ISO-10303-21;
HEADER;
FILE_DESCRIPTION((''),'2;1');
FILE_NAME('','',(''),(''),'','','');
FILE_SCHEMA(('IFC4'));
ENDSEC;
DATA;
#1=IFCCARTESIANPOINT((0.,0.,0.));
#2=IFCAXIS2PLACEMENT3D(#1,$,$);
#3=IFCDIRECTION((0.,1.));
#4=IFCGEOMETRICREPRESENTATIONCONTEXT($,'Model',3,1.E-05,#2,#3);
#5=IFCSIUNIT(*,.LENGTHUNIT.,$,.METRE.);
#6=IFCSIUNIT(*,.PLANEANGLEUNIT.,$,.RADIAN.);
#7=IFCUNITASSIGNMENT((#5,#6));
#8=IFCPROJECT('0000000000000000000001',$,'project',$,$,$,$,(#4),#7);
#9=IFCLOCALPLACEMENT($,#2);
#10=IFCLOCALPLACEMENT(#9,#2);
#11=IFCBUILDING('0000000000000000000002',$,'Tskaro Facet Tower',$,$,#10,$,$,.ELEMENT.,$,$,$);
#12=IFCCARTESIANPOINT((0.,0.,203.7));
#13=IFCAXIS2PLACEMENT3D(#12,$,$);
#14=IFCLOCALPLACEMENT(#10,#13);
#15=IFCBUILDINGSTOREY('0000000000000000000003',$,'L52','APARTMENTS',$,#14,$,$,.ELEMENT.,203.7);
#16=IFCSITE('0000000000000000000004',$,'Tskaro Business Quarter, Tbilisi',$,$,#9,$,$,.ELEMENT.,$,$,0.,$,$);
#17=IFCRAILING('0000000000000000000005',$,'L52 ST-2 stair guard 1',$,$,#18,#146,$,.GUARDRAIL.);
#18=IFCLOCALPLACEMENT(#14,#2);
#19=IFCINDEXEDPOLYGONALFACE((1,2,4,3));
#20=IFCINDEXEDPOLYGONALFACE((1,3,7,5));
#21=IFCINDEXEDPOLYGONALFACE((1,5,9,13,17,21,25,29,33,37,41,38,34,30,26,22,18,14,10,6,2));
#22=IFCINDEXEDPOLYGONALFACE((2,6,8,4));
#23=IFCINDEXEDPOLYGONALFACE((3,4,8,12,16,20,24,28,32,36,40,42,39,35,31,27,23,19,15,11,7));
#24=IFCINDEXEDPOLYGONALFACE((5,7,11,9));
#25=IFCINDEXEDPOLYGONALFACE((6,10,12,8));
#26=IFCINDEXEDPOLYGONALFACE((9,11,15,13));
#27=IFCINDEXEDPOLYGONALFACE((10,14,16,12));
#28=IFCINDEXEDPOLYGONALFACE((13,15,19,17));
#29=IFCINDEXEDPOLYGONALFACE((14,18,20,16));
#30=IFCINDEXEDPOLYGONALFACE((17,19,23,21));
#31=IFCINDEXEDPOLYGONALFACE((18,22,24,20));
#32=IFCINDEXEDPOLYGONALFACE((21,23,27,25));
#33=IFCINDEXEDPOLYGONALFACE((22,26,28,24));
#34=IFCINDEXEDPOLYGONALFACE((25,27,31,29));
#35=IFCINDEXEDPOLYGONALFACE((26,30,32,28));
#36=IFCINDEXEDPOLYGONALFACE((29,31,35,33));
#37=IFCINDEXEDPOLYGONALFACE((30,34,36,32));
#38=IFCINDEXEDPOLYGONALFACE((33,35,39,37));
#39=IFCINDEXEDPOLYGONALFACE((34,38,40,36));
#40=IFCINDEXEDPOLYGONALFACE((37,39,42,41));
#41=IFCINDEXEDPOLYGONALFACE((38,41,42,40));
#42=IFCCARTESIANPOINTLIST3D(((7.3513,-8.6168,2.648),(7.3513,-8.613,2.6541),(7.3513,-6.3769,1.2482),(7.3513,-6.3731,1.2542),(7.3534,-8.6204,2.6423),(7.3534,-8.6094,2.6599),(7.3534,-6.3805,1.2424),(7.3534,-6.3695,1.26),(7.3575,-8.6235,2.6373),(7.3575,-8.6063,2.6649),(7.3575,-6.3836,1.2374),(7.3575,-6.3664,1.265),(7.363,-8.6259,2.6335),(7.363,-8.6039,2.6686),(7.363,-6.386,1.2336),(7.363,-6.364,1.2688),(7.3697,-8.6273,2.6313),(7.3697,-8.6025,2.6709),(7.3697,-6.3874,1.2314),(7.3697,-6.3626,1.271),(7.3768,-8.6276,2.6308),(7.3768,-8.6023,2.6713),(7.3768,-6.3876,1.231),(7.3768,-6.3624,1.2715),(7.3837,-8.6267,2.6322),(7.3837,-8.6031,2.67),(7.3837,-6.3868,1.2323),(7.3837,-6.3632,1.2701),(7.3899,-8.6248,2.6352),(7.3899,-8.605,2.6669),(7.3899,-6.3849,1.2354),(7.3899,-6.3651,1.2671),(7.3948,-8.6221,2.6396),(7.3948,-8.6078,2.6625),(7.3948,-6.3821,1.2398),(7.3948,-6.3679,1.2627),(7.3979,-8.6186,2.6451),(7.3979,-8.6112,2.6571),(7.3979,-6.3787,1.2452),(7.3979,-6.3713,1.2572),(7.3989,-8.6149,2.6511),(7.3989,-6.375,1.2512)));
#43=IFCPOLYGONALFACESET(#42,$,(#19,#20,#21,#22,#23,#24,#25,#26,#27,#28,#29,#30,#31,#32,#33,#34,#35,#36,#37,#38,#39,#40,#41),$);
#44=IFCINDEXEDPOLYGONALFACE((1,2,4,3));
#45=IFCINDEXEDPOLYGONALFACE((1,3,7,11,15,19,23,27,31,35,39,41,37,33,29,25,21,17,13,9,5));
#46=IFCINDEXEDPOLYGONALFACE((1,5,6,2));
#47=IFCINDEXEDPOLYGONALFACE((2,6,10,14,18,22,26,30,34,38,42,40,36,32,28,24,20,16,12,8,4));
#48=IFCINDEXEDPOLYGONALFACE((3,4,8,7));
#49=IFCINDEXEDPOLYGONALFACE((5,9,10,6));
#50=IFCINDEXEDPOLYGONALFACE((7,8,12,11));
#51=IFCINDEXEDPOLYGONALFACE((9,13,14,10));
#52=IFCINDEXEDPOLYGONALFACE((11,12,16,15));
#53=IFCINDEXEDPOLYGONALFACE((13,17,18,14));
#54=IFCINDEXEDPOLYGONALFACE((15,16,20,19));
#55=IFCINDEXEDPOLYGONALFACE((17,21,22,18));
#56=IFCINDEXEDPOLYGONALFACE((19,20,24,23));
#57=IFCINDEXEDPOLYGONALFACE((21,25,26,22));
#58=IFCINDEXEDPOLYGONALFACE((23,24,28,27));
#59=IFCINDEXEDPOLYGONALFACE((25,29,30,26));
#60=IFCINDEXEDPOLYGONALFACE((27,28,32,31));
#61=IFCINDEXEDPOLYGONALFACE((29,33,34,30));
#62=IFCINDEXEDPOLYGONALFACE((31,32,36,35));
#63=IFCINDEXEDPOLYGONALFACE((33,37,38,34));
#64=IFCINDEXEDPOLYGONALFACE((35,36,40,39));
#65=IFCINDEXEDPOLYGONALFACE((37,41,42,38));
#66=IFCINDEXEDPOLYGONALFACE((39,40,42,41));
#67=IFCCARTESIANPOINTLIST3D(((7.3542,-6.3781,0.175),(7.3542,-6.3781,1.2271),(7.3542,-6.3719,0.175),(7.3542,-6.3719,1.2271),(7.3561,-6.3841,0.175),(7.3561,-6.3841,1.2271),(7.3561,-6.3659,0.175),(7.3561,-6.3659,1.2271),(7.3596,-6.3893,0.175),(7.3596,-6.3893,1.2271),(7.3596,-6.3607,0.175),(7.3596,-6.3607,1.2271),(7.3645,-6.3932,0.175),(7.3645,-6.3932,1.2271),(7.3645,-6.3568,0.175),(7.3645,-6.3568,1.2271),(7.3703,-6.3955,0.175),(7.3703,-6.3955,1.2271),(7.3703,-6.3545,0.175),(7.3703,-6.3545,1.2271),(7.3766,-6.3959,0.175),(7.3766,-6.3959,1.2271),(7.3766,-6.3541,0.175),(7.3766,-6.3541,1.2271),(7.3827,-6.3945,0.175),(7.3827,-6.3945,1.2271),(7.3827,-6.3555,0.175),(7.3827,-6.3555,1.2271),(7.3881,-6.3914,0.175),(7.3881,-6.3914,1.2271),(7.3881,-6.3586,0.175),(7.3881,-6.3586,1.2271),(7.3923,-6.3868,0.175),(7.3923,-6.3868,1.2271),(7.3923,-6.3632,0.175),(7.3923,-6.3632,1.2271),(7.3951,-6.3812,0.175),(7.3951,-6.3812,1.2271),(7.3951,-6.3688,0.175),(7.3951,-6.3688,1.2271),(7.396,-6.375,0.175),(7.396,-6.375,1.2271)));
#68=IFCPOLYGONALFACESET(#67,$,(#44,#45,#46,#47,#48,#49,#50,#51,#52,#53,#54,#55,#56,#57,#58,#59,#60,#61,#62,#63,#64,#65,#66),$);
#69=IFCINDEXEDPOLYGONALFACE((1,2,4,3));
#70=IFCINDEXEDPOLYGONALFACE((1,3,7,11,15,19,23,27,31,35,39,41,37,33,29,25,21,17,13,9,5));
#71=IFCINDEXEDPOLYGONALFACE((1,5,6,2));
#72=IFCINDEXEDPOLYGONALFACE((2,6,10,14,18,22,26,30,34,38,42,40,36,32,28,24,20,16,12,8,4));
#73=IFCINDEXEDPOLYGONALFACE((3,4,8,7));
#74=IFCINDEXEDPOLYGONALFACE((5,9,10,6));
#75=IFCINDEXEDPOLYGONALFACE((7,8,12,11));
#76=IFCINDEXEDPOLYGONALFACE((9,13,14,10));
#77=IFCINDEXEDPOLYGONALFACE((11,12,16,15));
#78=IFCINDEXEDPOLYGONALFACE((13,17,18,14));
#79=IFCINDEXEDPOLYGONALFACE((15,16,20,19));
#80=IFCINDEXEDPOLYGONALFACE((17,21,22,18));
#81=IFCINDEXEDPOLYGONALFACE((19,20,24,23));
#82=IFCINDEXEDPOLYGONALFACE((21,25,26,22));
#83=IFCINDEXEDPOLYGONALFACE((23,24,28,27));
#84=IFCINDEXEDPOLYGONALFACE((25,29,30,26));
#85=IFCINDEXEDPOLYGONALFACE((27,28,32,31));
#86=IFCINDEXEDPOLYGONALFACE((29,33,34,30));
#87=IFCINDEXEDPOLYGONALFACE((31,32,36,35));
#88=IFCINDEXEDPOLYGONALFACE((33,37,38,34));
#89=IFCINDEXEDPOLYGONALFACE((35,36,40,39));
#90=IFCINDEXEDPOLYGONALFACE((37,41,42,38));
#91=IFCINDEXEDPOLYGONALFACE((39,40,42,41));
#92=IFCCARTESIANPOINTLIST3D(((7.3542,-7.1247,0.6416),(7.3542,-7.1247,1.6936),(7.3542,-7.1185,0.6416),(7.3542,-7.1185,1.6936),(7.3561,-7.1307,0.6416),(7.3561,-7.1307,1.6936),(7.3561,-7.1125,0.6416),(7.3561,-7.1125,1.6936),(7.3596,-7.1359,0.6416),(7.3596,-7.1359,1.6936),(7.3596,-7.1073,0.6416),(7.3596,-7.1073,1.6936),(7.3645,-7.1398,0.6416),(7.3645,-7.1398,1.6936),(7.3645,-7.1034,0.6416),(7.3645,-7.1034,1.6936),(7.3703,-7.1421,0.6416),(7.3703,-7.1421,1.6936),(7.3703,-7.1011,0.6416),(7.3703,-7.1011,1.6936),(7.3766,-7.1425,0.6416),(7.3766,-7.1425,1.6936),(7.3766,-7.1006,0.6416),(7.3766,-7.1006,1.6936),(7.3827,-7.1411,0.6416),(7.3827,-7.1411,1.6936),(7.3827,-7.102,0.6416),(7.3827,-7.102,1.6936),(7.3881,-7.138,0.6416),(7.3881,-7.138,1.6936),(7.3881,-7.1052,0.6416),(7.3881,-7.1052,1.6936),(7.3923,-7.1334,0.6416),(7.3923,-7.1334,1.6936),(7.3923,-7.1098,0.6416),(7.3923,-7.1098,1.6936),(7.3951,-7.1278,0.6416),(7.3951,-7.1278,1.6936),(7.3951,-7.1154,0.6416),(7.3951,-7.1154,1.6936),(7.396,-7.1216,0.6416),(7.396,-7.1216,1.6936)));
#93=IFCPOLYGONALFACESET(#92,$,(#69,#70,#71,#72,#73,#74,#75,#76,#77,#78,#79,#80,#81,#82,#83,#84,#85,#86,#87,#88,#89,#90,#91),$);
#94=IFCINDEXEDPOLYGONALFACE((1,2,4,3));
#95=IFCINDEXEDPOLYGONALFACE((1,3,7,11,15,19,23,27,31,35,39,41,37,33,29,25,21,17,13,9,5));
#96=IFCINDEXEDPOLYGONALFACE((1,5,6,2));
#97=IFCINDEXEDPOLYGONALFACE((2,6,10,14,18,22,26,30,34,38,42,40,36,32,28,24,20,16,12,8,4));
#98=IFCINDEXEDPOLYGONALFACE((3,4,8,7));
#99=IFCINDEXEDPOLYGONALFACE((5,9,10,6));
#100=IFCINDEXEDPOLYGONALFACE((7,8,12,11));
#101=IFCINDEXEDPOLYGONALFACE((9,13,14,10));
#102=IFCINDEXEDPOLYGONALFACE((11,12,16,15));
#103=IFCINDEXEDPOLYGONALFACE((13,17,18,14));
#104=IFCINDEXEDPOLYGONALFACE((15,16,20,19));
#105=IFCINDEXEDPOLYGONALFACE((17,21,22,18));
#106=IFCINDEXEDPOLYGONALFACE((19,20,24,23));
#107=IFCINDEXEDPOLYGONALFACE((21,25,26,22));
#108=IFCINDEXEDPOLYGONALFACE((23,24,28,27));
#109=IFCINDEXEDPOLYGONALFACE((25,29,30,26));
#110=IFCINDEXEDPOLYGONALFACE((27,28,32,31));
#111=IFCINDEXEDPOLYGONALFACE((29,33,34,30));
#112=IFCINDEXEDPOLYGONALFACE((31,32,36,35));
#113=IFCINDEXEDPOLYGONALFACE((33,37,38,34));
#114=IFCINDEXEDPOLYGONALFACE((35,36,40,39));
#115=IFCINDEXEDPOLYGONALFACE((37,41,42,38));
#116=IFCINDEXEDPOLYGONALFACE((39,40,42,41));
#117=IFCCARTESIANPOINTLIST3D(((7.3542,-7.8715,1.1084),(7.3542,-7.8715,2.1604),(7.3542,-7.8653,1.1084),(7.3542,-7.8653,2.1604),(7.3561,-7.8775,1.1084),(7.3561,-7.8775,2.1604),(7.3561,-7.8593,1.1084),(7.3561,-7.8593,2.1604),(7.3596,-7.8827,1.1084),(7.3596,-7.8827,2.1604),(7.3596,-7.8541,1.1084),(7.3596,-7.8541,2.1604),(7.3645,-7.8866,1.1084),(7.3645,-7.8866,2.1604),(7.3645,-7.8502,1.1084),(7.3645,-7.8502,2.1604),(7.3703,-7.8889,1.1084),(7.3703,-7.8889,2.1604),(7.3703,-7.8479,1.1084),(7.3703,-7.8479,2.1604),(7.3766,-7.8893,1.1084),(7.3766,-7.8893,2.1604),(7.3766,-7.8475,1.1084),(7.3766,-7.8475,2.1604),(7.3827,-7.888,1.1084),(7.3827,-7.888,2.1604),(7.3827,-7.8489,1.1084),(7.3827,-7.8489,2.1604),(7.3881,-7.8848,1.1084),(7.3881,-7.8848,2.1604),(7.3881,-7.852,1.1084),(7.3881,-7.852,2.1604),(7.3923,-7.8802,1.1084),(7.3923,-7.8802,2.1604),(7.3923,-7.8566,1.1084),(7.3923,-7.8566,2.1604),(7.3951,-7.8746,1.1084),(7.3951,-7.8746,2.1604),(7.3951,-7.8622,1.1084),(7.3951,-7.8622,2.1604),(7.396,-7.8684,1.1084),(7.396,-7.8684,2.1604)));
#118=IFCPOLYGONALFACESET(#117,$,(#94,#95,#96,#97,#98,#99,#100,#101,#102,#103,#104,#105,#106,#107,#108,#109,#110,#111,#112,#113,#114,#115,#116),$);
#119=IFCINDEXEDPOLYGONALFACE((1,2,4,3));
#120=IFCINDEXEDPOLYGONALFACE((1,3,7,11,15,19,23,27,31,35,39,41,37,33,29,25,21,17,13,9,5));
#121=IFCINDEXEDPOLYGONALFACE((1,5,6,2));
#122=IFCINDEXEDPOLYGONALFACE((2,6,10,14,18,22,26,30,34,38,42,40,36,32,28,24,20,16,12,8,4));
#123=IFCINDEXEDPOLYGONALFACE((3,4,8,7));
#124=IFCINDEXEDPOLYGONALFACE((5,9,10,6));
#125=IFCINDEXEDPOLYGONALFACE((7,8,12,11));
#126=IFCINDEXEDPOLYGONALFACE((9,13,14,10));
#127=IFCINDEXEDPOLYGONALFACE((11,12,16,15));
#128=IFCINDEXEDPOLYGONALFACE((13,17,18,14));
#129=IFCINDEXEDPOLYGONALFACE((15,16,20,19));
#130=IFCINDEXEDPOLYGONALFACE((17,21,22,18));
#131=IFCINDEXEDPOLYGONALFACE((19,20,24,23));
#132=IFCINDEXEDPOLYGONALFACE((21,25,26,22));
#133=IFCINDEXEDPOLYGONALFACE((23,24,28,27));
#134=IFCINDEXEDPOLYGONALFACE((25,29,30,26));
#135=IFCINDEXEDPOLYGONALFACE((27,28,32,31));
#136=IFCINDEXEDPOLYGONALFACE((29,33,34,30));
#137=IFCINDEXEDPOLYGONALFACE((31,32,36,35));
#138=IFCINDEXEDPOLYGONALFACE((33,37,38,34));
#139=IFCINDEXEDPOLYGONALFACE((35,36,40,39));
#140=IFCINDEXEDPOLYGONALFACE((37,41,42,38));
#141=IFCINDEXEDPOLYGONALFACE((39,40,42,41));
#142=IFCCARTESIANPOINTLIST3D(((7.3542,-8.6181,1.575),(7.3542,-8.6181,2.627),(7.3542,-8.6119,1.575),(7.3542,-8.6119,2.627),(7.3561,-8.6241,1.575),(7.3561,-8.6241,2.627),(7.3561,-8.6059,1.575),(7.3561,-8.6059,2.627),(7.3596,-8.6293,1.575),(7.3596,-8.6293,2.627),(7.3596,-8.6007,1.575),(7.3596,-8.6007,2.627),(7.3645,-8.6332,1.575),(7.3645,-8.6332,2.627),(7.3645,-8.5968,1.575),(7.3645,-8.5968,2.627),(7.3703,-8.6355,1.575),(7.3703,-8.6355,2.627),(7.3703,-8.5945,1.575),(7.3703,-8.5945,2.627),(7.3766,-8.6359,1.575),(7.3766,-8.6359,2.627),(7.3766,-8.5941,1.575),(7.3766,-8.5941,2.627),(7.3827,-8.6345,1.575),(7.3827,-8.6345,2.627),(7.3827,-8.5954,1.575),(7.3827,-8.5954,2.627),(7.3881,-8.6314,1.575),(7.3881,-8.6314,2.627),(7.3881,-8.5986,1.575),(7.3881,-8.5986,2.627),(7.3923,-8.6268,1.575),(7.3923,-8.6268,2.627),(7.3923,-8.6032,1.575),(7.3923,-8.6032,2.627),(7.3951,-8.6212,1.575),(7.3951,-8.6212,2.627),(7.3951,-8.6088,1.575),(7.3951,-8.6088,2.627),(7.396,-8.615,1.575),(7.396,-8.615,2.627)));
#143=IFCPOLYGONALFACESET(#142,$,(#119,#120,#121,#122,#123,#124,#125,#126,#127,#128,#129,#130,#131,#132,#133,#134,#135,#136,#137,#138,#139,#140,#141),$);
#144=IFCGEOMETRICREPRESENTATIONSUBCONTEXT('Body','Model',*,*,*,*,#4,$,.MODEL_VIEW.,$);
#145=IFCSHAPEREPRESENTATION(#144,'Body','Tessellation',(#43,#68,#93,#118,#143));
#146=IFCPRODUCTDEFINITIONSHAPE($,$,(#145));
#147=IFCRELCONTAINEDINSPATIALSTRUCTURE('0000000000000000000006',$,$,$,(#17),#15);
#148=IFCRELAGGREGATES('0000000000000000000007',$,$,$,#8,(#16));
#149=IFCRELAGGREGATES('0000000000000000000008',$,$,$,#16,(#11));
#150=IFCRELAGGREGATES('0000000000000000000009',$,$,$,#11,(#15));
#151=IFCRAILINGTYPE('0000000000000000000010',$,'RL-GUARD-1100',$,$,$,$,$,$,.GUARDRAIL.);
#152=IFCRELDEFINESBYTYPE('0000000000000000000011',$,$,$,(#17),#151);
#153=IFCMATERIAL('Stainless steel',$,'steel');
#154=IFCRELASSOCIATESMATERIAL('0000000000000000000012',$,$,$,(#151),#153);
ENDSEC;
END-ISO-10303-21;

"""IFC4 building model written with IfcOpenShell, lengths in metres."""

from ifc_helpers import new_model, si_unit, direction, frame, origin, origin_2d, place, context, subcontext, project, spatial, circle, extrude, material, type_object, element, save


model = new_model("IFC4")

# Units and contexts
model_context = context("Model", 3, precision=1e-05, world=origin(), true_north=direction((0.0, 1.0)))
body_context = subcontext(model_context, "Body", "Model", "MODEL_VIEW")
ifc_project = project(units=[si_unit("LENGTHUNIT", "METRE"), si_unit("PLANEANGLEUNIT", "RADIAN")], contexts=[model_context])

# Site, building, storey
site_placement = place(None, origin())
site = spatial("IfcSite", under=ifc_project, at=site_placement, Name="Tskaro Business Quarter, Tbilisi", CompositionType="ELEMENT", RefElevation=0.0)
building_placement = place(site_placement, origin())
building = spatial("IfcBuilding", under=site, at=building_placement, Name="Tskaro Facet Tower", CompositionType="ELEMENT")
storey_placement = place(building_placement, frame((0.0, 0.0, 203.7)))
storey = spatial("IfcBuildingStorey", under=building, at=storey_placement, Name="L52", Description="APARTMENTS", CompositionType="ELEMENT", Elevation=203.7)

# Railing
ifc_material_1 = material(Name="Stainless steel", Category="steel")
railing_type_1 = type_object("IfcRailingType", Name="RL-GUARD-1100", PredefinedType="GUARDRAIL", material=ifc_material_1)
railing_1_placement = place(storey_placement, frame((7.375, -6.375, 0.175)))
element("IfcRailing", 1, at=railing_1_placement, inside=storey, type_object=railing_type_1, Name="L52 ST-2 stair guard 1", PredefinedType="GUARDRAIL", context=body_context, shape_type="SweptSolid", body=[
    extrude(circle(Radius=0.0239, at=origin_2d()), frame((0.0, 0.0, 1.0762), z_axis=(0.0, -0.848014, 0.529974), x_axis=(1.0, 0.0, 0.0)), (0.0, 0.0, 1.0), 2.6414),
    extrude(circle(Radius=0.021, at=origin_2d()), origin(), (0.0, 0.0, 1.0), 1.052),
    extrude(circle(Radius=0.021, at=origin_2d()), frame((0.0, -0.7466, 0.4666)), (0.0, 0.0, 1.0), 1.052),
    extrude(circle(Radius=0.021, at=origin_2d()), frame((0.0, -1.4934, 0.9333)), (0.0, 0.0, 1.0), 1.052),
    extrude(circle(Radius=0.021, at=origin_2d()), frame((0.0, -2.24, 1.3999)), (0.0, 0.0, 1.0), 1.052),
])

save(model, "model.ifc")
